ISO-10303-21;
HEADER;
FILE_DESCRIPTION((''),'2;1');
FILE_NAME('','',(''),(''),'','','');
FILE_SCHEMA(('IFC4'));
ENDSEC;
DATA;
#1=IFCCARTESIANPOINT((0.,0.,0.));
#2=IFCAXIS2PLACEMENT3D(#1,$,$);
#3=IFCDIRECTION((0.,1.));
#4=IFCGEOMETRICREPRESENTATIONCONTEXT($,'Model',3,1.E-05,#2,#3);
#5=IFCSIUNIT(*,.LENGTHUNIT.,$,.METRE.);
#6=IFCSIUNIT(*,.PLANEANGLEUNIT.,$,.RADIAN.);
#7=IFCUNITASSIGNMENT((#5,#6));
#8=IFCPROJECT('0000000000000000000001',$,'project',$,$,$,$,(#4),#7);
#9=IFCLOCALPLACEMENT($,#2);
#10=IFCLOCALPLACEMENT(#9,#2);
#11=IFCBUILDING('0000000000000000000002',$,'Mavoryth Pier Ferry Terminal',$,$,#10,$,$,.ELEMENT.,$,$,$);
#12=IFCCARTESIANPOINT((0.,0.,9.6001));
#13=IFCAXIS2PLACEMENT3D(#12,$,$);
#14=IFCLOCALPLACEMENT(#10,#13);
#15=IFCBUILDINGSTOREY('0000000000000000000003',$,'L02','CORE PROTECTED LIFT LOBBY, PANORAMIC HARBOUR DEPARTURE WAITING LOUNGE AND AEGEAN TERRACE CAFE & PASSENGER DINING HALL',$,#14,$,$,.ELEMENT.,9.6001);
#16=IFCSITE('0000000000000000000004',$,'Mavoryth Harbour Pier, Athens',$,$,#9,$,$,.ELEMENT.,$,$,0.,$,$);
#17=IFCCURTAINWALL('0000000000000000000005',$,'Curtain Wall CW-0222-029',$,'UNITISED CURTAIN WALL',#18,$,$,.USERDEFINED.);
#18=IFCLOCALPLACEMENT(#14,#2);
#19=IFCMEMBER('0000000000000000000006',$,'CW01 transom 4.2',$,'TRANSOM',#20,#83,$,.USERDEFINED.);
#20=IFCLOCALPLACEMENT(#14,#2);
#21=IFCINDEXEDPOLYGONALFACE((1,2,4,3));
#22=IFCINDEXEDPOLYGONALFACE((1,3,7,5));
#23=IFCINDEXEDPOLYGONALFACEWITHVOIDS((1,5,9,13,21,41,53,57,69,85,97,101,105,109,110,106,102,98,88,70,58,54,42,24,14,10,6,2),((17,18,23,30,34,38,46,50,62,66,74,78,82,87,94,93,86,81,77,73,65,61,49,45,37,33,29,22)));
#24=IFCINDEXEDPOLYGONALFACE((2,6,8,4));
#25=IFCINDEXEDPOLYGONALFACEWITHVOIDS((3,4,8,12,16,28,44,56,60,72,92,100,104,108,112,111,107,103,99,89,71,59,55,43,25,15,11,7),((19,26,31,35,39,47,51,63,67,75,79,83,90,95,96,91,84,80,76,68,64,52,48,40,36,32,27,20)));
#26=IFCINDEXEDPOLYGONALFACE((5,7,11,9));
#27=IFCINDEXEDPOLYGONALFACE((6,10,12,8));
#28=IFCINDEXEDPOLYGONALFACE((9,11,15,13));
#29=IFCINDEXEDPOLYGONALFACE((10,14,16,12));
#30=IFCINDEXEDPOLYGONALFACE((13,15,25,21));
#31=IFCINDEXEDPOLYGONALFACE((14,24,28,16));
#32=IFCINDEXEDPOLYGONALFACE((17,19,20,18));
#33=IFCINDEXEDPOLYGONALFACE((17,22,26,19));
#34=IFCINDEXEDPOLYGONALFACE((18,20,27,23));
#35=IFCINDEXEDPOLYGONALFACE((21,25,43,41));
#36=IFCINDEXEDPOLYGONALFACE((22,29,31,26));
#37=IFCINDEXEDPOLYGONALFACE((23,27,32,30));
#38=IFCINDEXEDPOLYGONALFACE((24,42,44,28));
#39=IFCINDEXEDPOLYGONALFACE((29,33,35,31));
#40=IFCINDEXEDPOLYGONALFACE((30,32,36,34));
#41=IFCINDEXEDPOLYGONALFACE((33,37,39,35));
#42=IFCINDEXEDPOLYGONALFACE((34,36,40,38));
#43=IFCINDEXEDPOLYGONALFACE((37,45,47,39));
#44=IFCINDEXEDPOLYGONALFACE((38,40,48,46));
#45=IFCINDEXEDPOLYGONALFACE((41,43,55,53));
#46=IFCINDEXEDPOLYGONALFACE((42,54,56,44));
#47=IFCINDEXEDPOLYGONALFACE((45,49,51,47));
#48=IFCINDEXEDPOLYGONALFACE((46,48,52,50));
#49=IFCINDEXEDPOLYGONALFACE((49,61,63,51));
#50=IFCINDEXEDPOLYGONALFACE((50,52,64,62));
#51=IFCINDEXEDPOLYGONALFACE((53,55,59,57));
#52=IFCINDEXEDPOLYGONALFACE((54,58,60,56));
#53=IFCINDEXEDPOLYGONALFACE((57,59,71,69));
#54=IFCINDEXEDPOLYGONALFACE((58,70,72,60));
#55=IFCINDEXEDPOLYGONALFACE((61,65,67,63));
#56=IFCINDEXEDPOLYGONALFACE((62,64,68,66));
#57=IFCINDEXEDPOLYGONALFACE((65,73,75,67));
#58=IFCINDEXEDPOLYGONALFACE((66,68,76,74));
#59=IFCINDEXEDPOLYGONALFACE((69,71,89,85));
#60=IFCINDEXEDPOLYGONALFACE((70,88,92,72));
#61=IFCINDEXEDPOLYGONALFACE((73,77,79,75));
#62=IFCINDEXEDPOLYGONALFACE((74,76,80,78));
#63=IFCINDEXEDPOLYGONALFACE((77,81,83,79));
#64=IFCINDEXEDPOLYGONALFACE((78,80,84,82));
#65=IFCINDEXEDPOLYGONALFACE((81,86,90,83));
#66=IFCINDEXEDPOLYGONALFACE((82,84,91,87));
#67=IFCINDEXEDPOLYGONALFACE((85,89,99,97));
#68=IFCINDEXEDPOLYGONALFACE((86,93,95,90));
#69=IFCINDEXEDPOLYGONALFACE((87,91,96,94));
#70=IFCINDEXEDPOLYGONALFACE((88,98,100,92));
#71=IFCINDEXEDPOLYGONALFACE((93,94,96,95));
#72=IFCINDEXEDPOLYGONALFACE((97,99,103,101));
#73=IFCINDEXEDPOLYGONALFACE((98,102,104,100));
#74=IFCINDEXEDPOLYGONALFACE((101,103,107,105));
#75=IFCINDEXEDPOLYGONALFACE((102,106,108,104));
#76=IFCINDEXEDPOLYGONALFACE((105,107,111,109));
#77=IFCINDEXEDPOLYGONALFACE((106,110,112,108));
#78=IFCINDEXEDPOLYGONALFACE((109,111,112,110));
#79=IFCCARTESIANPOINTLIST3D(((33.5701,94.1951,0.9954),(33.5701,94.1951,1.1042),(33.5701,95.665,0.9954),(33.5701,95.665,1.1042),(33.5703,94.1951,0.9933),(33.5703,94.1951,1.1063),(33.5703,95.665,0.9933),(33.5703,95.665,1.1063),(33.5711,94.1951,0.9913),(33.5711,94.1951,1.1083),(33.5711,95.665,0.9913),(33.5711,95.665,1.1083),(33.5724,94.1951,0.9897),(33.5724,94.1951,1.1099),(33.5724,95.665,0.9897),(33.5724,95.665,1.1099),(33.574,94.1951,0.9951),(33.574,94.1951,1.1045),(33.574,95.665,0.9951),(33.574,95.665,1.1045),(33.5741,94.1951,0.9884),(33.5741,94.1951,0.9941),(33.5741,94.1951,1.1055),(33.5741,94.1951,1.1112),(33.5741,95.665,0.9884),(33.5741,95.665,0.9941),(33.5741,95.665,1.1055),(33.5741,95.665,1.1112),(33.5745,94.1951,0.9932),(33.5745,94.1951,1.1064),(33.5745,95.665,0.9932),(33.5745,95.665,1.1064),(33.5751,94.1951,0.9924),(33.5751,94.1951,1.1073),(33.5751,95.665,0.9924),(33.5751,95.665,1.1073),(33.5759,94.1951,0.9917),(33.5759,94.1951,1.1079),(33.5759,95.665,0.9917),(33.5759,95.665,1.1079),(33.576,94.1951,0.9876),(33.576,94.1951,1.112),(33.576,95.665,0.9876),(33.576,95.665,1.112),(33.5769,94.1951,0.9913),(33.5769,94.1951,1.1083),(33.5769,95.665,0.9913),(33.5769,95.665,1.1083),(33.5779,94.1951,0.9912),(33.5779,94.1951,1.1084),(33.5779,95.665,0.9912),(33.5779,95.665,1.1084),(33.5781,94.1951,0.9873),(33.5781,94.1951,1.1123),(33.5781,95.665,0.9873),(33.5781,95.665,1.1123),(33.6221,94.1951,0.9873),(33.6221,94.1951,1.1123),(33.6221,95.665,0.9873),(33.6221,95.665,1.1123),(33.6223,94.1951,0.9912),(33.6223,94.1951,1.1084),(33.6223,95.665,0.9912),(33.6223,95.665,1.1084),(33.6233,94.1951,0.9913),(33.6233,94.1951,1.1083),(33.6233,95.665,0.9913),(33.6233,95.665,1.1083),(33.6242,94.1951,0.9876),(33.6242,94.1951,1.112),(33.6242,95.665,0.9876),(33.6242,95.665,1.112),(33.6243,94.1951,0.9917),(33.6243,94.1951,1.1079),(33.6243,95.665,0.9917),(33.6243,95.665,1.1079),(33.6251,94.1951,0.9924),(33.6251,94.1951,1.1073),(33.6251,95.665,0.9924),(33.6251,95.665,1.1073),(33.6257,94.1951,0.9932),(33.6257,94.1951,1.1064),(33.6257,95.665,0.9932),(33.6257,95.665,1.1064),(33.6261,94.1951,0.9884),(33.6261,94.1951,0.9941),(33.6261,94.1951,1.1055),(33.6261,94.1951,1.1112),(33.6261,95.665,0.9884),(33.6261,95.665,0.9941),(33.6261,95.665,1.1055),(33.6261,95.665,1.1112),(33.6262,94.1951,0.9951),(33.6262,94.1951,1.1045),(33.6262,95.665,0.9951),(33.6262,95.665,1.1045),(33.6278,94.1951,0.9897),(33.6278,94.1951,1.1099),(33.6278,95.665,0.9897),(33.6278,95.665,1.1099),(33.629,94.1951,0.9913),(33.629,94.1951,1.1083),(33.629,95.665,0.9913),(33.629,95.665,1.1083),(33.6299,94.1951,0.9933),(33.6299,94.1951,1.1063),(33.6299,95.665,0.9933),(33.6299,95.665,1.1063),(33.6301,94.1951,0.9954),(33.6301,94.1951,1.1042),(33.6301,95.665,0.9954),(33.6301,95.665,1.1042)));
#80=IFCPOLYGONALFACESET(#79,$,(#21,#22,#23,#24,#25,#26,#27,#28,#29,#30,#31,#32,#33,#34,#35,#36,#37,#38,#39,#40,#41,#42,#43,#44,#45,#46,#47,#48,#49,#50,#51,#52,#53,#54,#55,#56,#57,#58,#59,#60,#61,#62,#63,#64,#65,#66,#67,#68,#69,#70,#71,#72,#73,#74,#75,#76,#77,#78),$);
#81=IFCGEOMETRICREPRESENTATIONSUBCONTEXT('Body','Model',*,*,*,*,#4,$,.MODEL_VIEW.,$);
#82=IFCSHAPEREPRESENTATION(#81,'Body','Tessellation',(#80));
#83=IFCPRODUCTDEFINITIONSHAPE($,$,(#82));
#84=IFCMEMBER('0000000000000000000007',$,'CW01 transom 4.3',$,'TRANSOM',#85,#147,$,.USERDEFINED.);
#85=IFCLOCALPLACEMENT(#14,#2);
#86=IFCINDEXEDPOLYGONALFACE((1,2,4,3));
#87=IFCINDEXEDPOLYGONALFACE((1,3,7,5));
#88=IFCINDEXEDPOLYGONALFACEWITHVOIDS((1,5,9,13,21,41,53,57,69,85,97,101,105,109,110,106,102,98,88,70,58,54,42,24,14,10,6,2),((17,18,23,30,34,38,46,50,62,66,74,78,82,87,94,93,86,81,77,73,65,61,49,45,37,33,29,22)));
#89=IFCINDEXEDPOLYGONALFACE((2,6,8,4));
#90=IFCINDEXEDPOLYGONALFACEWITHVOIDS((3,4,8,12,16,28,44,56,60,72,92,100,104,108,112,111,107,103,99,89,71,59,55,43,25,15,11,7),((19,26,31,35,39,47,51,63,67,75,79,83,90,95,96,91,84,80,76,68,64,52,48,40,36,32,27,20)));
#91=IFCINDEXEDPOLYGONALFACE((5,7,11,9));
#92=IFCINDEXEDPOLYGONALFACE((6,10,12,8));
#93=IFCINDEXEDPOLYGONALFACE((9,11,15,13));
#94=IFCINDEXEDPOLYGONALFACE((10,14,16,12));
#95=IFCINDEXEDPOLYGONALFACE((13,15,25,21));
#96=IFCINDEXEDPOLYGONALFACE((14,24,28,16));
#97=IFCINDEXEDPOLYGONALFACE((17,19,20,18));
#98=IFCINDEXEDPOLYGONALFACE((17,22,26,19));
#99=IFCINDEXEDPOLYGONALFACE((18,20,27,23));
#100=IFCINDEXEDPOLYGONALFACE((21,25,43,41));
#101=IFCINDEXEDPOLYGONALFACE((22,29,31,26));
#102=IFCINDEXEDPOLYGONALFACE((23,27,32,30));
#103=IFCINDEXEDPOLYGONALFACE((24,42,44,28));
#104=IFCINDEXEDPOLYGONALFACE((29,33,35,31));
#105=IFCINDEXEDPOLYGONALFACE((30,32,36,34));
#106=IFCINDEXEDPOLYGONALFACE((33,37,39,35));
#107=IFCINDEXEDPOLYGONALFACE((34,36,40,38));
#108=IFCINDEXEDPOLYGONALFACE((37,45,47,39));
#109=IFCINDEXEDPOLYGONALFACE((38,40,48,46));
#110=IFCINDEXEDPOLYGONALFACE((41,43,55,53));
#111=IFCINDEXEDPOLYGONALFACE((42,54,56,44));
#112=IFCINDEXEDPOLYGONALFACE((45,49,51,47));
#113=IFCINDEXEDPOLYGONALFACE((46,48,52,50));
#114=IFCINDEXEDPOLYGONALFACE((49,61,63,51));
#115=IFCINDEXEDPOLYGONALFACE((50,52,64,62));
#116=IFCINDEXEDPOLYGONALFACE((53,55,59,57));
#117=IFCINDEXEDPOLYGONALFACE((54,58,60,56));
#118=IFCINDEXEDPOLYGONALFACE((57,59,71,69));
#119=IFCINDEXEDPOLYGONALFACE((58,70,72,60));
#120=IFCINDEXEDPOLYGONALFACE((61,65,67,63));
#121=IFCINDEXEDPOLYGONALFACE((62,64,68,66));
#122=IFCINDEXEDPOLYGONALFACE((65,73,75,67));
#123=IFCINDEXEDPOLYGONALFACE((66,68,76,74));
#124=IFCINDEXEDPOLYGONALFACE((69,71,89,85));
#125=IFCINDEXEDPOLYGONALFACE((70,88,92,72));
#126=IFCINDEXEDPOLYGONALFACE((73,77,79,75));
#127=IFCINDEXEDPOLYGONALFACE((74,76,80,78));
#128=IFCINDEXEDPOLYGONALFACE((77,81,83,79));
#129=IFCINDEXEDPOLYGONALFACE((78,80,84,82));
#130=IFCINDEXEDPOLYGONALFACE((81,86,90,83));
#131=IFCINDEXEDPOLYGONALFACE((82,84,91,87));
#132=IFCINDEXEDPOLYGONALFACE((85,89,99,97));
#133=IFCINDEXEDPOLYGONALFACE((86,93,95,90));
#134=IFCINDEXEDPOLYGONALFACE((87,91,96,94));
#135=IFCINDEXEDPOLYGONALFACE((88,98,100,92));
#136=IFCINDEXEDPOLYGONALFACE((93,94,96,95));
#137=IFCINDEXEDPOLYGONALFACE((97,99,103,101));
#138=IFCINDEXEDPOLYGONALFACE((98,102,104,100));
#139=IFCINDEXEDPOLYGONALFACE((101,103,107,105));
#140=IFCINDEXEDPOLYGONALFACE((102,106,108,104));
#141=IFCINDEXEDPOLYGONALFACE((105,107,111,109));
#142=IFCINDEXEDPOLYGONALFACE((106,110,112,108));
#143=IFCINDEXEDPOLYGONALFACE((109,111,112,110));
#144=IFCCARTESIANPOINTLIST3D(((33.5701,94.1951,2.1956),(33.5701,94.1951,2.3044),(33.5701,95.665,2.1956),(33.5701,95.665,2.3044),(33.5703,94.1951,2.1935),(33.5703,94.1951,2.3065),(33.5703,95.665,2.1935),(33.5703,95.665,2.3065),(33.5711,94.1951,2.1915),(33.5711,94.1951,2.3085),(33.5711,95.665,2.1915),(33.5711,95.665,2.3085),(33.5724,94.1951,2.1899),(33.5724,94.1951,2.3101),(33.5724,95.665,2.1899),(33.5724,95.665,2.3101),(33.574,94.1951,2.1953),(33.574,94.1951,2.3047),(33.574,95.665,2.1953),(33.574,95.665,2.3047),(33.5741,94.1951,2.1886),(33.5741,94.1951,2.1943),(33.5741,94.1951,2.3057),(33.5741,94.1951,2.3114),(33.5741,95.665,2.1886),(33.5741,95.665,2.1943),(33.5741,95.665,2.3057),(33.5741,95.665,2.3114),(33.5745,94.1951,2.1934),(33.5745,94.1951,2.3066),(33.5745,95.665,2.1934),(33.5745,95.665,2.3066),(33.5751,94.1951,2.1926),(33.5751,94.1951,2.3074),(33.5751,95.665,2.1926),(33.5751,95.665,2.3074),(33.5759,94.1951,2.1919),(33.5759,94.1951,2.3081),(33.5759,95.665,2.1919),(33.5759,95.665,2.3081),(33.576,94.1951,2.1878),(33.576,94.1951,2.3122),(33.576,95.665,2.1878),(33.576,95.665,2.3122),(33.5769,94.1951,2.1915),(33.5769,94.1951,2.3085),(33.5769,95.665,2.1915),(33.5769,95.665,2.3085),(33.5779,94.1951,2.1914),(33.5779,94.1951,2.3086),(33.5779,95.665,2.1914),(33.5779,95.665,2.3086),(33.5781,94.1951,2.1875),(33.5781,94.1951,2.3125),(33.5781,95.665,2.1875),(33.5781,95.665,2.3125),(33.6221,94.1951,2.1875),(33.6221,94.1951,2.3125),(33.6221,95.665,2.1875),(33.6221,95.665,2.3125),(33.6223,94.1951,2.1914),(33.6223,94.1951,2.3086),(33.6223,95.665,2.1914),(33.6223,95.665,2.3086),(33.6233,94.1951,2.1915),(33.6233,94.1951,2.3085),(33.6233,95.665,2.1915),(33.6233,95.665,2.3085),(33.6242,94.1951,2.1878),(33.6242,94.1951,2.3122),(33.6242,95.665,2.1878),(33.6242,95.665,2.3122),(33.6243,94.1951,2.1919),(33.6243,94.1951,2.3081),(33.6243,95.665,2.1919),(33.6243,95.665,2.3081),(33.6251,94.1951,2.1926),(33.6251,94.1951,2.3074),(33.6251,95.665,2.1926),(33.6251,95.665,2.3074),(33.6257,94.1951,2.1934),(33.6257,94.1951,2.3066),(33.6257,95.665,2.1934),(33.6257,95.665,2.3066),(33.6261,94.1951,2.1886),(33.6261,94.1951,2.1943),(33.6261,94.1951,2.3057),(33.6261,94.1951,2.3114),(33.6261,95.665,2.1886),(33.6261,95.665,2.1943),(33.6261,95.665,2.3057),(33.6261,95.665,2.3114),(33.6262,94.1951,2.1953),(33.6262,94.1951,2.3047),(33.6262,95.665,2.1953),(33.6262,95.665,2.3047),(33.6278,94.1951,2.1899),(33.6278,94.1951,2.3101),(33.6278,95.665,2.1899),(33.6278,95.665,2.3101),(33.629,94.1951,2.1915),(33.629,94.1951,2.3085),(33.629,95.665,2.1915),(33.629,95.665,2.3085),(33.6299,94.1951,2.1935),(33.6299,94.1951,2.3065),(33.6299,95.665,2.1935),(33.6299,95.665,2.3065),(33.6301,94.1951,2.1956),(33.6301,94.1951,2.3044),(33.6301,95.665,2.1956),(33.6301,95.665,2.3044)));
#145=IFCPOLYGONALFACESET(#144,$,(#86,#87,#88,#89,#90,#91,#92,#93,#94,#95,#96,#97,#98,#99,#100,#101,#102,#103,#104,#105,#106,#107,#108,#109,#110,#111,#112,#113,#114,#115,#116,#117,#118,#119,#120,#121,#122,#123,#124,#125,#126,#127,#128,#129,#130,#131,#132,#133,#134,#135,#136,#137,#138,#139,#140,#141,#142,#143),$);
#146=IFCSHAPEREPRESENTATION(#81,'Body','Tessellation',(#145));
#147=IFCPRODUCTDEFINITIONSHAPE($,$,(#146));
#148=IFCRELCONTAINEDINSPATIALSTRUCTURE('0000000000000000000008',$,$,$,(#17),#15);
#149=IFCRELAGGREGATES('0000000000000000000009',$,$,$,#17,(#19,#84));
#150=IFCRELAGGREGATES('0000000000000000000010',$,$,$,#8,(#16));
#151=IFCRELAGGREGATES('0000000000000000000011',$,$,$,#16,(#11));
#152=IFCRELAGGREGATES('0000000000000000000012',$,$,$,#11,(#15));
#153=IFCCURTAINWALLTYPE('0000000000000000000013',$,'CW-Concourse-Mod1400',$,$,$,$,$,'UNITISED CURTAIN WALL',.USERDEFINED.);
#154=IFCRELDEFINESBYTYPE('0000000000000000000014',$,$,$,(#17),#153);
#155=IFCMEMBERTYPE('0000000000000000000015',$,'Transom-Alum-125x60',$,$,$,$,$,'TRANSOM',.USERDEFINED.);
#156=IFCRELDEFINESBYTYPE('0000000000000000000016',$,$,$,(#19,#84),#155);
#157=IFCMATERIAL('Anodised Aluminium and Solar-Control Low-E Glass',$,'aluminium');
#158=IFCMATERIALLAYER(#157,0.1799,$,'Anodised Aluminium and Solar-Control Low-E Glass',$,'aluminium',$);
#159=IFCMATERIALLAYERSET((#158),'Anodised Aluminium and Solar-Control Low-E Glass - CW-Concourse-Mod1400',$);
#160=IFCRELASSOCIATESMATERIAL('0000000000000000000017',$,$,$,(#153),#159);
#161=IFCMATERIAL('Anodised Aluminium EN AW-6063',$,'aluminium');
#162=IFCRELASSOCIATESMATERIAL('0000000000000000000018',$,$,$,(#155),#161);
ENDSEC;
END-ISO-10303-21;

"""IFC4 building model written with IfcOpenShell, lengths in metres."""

from ifc_helpers import new_model, si_unit, direction, frame, origin, origin_2d, place, context, subcontext, project, spatial, hollow_rectangle, extrude, material, layer, layer_set, material_profile, profile_set, type_object, element, aggregate, save


model = new_model("IFC4")

# Units and contexts
model_context = context("Model", 3, precision=1e-05, world=origin(), true_north=direction((0.0, 1.0)))
body_context = subcontext(model_context, "Body", "Model", "MODEL_VIEW")
ifc_project = project(units=[si_unit("LENGTHUNIT", "METRE"), si_unit("PLANEANGLEUNIT", "RADIAN")], contexts=[model_context])

# Site, building, storey
site_placement = place(None, origin())
site = spatial("IfcSite", under=ifc_project, at=site_placement, Name="Mavoryth Harbour Pier, Athens", CompositionType="ELEMENT", RefElevation=0.0)
building_placement = place(site_placement, origin())
building = spatial("IfcBuilding", under=site, at=building_placement, Name="Mavoryth Pier Ferry Terminal", CompositionType="ELEMENT")
storey_placement = place(building_placement, frame((0.0, 0.0, 9.6001)))
storey = spatial("IfcBuildingStorey", under=building, at=storey_placement, Name="L02", Description="CORE PROTECTED LIFT LOBBY, PANORAMIC HARBOUR DEPARTURE WAITING LOUNGE AND AEGEAN TERRACE CAFE & PASSENGER DINING HALL", CompositionType="ELEMENT", Elevation=9.6001)

# Curtain wall
ifc_material_1 = material(Name="Anodised Aluminium and Solar-Control Low-E Glass", Category="aluminium")
ifc_layer_1 = layer(ifc_material_1, 0.1799, Name="Anodised Aluminium and Solar-Control Low-E Glass", Category="aluminium")
ifc_layer_set_1 = layer_set([ifc_layer_1], Name="Anodised Aluminium and Solar-Control Low-E Glass - CW-Concourse-Mod1400")
curtain_wall_type = type_object("IfcCurtainWallType", Name="CW-Concourse-Mod1400", ElementType="UNITISED CURTAIN WALL", PredefinedType="USERDEFINED", material=ifc_layer_set_1)
curtain_wall_placement = place(storey_placement, origin())
curtain_wall = element("IfcCurtainWall", 1, at=curtain_wall_placement, inside=storey, type_object=curtain_wall_type, Name="Curtain Wall CW-0222-029", ObjectType="UNITISED CURTAIN WALL", PredefinedType="USERDEFINED")
ifc_material_2 = material(Name="Anodised Aluminium EN AW-6063", Category="aluminium")

# Members
ifc_material_profile_1 = material_profile(ifc_material_2, hollow_rectangle(XDim=0.0601, YDim=0.125, WallThickness=0.0039, InnerFilletRadius=0.0039, OuterFilletRadius=0.0081, at=origin_2d()), Name="AL-TRAN 125x60x4", Category="aluminium")
ifc_profile_set_1 = profile_set([ifc_material_profile_1], Name="Anodised Aluminium EN AW-6063 - AL-TRAN 125x60x4")
member_type_1 = type_object("IfcMemberType", Name="Transom-Alum-125x60", ElementType="TRANSOM", PredefinedType="USERDEFINED", material=ifc_profile_set_1)
member_1_placement = place(storey_placement, frame((33.6001, 94.1951, 1.0498), z_axis=(0.0, 1.0, 0.0), x_axis=(-1.0, 0.0, 0.0)))
member_1 = element("IfcMember", 2, at=member_1_placement, type_object=member_type_1, Name="CW01 transom 4.2", ObjectType="TRANSOM", PredefinedType="USERDEFINED", context=body_context, shape_type="SweptSolid", body=[
    extrude(hollow_rectangle(XDim=0.0601, YDim=0.125, WallThickness=0.0039, InnerFilletRadius=0.0039, OuterFilletRadius=0.0081, at=origin_2d()), origin(), (0.0, 0.0, 1.0), 1.47),
])
member_2_placement = place(storey_placement, frame((33.6001, 94.1951, 2.25), z_axis=(0.0, 1.0, 0.0), x_axis=(-1.0, 0.0, 0.0)))
member_2 = element("IfcMember", 3, at=member_2_placement, type_object=member_type_1, Name="CW01 transom 4.3", ObjectType="TRANSOM", PredefinedType="USERDEFINED", context=body_context, shape_type="SweptSolid", body=[
    extrude(hollow_rectangle(XDim=0.0601, YDim=0.125, WallThickness=0.0039, InnerFilletRadius=0.0039, OuterFilletRadius=0.0081, at=origin_2d()), origin(), (0.0, 0.0, 1.0), 1.47),
])

aggregate(curtain_wall, [member_1, member_2])

save(model, "model.ifc")
